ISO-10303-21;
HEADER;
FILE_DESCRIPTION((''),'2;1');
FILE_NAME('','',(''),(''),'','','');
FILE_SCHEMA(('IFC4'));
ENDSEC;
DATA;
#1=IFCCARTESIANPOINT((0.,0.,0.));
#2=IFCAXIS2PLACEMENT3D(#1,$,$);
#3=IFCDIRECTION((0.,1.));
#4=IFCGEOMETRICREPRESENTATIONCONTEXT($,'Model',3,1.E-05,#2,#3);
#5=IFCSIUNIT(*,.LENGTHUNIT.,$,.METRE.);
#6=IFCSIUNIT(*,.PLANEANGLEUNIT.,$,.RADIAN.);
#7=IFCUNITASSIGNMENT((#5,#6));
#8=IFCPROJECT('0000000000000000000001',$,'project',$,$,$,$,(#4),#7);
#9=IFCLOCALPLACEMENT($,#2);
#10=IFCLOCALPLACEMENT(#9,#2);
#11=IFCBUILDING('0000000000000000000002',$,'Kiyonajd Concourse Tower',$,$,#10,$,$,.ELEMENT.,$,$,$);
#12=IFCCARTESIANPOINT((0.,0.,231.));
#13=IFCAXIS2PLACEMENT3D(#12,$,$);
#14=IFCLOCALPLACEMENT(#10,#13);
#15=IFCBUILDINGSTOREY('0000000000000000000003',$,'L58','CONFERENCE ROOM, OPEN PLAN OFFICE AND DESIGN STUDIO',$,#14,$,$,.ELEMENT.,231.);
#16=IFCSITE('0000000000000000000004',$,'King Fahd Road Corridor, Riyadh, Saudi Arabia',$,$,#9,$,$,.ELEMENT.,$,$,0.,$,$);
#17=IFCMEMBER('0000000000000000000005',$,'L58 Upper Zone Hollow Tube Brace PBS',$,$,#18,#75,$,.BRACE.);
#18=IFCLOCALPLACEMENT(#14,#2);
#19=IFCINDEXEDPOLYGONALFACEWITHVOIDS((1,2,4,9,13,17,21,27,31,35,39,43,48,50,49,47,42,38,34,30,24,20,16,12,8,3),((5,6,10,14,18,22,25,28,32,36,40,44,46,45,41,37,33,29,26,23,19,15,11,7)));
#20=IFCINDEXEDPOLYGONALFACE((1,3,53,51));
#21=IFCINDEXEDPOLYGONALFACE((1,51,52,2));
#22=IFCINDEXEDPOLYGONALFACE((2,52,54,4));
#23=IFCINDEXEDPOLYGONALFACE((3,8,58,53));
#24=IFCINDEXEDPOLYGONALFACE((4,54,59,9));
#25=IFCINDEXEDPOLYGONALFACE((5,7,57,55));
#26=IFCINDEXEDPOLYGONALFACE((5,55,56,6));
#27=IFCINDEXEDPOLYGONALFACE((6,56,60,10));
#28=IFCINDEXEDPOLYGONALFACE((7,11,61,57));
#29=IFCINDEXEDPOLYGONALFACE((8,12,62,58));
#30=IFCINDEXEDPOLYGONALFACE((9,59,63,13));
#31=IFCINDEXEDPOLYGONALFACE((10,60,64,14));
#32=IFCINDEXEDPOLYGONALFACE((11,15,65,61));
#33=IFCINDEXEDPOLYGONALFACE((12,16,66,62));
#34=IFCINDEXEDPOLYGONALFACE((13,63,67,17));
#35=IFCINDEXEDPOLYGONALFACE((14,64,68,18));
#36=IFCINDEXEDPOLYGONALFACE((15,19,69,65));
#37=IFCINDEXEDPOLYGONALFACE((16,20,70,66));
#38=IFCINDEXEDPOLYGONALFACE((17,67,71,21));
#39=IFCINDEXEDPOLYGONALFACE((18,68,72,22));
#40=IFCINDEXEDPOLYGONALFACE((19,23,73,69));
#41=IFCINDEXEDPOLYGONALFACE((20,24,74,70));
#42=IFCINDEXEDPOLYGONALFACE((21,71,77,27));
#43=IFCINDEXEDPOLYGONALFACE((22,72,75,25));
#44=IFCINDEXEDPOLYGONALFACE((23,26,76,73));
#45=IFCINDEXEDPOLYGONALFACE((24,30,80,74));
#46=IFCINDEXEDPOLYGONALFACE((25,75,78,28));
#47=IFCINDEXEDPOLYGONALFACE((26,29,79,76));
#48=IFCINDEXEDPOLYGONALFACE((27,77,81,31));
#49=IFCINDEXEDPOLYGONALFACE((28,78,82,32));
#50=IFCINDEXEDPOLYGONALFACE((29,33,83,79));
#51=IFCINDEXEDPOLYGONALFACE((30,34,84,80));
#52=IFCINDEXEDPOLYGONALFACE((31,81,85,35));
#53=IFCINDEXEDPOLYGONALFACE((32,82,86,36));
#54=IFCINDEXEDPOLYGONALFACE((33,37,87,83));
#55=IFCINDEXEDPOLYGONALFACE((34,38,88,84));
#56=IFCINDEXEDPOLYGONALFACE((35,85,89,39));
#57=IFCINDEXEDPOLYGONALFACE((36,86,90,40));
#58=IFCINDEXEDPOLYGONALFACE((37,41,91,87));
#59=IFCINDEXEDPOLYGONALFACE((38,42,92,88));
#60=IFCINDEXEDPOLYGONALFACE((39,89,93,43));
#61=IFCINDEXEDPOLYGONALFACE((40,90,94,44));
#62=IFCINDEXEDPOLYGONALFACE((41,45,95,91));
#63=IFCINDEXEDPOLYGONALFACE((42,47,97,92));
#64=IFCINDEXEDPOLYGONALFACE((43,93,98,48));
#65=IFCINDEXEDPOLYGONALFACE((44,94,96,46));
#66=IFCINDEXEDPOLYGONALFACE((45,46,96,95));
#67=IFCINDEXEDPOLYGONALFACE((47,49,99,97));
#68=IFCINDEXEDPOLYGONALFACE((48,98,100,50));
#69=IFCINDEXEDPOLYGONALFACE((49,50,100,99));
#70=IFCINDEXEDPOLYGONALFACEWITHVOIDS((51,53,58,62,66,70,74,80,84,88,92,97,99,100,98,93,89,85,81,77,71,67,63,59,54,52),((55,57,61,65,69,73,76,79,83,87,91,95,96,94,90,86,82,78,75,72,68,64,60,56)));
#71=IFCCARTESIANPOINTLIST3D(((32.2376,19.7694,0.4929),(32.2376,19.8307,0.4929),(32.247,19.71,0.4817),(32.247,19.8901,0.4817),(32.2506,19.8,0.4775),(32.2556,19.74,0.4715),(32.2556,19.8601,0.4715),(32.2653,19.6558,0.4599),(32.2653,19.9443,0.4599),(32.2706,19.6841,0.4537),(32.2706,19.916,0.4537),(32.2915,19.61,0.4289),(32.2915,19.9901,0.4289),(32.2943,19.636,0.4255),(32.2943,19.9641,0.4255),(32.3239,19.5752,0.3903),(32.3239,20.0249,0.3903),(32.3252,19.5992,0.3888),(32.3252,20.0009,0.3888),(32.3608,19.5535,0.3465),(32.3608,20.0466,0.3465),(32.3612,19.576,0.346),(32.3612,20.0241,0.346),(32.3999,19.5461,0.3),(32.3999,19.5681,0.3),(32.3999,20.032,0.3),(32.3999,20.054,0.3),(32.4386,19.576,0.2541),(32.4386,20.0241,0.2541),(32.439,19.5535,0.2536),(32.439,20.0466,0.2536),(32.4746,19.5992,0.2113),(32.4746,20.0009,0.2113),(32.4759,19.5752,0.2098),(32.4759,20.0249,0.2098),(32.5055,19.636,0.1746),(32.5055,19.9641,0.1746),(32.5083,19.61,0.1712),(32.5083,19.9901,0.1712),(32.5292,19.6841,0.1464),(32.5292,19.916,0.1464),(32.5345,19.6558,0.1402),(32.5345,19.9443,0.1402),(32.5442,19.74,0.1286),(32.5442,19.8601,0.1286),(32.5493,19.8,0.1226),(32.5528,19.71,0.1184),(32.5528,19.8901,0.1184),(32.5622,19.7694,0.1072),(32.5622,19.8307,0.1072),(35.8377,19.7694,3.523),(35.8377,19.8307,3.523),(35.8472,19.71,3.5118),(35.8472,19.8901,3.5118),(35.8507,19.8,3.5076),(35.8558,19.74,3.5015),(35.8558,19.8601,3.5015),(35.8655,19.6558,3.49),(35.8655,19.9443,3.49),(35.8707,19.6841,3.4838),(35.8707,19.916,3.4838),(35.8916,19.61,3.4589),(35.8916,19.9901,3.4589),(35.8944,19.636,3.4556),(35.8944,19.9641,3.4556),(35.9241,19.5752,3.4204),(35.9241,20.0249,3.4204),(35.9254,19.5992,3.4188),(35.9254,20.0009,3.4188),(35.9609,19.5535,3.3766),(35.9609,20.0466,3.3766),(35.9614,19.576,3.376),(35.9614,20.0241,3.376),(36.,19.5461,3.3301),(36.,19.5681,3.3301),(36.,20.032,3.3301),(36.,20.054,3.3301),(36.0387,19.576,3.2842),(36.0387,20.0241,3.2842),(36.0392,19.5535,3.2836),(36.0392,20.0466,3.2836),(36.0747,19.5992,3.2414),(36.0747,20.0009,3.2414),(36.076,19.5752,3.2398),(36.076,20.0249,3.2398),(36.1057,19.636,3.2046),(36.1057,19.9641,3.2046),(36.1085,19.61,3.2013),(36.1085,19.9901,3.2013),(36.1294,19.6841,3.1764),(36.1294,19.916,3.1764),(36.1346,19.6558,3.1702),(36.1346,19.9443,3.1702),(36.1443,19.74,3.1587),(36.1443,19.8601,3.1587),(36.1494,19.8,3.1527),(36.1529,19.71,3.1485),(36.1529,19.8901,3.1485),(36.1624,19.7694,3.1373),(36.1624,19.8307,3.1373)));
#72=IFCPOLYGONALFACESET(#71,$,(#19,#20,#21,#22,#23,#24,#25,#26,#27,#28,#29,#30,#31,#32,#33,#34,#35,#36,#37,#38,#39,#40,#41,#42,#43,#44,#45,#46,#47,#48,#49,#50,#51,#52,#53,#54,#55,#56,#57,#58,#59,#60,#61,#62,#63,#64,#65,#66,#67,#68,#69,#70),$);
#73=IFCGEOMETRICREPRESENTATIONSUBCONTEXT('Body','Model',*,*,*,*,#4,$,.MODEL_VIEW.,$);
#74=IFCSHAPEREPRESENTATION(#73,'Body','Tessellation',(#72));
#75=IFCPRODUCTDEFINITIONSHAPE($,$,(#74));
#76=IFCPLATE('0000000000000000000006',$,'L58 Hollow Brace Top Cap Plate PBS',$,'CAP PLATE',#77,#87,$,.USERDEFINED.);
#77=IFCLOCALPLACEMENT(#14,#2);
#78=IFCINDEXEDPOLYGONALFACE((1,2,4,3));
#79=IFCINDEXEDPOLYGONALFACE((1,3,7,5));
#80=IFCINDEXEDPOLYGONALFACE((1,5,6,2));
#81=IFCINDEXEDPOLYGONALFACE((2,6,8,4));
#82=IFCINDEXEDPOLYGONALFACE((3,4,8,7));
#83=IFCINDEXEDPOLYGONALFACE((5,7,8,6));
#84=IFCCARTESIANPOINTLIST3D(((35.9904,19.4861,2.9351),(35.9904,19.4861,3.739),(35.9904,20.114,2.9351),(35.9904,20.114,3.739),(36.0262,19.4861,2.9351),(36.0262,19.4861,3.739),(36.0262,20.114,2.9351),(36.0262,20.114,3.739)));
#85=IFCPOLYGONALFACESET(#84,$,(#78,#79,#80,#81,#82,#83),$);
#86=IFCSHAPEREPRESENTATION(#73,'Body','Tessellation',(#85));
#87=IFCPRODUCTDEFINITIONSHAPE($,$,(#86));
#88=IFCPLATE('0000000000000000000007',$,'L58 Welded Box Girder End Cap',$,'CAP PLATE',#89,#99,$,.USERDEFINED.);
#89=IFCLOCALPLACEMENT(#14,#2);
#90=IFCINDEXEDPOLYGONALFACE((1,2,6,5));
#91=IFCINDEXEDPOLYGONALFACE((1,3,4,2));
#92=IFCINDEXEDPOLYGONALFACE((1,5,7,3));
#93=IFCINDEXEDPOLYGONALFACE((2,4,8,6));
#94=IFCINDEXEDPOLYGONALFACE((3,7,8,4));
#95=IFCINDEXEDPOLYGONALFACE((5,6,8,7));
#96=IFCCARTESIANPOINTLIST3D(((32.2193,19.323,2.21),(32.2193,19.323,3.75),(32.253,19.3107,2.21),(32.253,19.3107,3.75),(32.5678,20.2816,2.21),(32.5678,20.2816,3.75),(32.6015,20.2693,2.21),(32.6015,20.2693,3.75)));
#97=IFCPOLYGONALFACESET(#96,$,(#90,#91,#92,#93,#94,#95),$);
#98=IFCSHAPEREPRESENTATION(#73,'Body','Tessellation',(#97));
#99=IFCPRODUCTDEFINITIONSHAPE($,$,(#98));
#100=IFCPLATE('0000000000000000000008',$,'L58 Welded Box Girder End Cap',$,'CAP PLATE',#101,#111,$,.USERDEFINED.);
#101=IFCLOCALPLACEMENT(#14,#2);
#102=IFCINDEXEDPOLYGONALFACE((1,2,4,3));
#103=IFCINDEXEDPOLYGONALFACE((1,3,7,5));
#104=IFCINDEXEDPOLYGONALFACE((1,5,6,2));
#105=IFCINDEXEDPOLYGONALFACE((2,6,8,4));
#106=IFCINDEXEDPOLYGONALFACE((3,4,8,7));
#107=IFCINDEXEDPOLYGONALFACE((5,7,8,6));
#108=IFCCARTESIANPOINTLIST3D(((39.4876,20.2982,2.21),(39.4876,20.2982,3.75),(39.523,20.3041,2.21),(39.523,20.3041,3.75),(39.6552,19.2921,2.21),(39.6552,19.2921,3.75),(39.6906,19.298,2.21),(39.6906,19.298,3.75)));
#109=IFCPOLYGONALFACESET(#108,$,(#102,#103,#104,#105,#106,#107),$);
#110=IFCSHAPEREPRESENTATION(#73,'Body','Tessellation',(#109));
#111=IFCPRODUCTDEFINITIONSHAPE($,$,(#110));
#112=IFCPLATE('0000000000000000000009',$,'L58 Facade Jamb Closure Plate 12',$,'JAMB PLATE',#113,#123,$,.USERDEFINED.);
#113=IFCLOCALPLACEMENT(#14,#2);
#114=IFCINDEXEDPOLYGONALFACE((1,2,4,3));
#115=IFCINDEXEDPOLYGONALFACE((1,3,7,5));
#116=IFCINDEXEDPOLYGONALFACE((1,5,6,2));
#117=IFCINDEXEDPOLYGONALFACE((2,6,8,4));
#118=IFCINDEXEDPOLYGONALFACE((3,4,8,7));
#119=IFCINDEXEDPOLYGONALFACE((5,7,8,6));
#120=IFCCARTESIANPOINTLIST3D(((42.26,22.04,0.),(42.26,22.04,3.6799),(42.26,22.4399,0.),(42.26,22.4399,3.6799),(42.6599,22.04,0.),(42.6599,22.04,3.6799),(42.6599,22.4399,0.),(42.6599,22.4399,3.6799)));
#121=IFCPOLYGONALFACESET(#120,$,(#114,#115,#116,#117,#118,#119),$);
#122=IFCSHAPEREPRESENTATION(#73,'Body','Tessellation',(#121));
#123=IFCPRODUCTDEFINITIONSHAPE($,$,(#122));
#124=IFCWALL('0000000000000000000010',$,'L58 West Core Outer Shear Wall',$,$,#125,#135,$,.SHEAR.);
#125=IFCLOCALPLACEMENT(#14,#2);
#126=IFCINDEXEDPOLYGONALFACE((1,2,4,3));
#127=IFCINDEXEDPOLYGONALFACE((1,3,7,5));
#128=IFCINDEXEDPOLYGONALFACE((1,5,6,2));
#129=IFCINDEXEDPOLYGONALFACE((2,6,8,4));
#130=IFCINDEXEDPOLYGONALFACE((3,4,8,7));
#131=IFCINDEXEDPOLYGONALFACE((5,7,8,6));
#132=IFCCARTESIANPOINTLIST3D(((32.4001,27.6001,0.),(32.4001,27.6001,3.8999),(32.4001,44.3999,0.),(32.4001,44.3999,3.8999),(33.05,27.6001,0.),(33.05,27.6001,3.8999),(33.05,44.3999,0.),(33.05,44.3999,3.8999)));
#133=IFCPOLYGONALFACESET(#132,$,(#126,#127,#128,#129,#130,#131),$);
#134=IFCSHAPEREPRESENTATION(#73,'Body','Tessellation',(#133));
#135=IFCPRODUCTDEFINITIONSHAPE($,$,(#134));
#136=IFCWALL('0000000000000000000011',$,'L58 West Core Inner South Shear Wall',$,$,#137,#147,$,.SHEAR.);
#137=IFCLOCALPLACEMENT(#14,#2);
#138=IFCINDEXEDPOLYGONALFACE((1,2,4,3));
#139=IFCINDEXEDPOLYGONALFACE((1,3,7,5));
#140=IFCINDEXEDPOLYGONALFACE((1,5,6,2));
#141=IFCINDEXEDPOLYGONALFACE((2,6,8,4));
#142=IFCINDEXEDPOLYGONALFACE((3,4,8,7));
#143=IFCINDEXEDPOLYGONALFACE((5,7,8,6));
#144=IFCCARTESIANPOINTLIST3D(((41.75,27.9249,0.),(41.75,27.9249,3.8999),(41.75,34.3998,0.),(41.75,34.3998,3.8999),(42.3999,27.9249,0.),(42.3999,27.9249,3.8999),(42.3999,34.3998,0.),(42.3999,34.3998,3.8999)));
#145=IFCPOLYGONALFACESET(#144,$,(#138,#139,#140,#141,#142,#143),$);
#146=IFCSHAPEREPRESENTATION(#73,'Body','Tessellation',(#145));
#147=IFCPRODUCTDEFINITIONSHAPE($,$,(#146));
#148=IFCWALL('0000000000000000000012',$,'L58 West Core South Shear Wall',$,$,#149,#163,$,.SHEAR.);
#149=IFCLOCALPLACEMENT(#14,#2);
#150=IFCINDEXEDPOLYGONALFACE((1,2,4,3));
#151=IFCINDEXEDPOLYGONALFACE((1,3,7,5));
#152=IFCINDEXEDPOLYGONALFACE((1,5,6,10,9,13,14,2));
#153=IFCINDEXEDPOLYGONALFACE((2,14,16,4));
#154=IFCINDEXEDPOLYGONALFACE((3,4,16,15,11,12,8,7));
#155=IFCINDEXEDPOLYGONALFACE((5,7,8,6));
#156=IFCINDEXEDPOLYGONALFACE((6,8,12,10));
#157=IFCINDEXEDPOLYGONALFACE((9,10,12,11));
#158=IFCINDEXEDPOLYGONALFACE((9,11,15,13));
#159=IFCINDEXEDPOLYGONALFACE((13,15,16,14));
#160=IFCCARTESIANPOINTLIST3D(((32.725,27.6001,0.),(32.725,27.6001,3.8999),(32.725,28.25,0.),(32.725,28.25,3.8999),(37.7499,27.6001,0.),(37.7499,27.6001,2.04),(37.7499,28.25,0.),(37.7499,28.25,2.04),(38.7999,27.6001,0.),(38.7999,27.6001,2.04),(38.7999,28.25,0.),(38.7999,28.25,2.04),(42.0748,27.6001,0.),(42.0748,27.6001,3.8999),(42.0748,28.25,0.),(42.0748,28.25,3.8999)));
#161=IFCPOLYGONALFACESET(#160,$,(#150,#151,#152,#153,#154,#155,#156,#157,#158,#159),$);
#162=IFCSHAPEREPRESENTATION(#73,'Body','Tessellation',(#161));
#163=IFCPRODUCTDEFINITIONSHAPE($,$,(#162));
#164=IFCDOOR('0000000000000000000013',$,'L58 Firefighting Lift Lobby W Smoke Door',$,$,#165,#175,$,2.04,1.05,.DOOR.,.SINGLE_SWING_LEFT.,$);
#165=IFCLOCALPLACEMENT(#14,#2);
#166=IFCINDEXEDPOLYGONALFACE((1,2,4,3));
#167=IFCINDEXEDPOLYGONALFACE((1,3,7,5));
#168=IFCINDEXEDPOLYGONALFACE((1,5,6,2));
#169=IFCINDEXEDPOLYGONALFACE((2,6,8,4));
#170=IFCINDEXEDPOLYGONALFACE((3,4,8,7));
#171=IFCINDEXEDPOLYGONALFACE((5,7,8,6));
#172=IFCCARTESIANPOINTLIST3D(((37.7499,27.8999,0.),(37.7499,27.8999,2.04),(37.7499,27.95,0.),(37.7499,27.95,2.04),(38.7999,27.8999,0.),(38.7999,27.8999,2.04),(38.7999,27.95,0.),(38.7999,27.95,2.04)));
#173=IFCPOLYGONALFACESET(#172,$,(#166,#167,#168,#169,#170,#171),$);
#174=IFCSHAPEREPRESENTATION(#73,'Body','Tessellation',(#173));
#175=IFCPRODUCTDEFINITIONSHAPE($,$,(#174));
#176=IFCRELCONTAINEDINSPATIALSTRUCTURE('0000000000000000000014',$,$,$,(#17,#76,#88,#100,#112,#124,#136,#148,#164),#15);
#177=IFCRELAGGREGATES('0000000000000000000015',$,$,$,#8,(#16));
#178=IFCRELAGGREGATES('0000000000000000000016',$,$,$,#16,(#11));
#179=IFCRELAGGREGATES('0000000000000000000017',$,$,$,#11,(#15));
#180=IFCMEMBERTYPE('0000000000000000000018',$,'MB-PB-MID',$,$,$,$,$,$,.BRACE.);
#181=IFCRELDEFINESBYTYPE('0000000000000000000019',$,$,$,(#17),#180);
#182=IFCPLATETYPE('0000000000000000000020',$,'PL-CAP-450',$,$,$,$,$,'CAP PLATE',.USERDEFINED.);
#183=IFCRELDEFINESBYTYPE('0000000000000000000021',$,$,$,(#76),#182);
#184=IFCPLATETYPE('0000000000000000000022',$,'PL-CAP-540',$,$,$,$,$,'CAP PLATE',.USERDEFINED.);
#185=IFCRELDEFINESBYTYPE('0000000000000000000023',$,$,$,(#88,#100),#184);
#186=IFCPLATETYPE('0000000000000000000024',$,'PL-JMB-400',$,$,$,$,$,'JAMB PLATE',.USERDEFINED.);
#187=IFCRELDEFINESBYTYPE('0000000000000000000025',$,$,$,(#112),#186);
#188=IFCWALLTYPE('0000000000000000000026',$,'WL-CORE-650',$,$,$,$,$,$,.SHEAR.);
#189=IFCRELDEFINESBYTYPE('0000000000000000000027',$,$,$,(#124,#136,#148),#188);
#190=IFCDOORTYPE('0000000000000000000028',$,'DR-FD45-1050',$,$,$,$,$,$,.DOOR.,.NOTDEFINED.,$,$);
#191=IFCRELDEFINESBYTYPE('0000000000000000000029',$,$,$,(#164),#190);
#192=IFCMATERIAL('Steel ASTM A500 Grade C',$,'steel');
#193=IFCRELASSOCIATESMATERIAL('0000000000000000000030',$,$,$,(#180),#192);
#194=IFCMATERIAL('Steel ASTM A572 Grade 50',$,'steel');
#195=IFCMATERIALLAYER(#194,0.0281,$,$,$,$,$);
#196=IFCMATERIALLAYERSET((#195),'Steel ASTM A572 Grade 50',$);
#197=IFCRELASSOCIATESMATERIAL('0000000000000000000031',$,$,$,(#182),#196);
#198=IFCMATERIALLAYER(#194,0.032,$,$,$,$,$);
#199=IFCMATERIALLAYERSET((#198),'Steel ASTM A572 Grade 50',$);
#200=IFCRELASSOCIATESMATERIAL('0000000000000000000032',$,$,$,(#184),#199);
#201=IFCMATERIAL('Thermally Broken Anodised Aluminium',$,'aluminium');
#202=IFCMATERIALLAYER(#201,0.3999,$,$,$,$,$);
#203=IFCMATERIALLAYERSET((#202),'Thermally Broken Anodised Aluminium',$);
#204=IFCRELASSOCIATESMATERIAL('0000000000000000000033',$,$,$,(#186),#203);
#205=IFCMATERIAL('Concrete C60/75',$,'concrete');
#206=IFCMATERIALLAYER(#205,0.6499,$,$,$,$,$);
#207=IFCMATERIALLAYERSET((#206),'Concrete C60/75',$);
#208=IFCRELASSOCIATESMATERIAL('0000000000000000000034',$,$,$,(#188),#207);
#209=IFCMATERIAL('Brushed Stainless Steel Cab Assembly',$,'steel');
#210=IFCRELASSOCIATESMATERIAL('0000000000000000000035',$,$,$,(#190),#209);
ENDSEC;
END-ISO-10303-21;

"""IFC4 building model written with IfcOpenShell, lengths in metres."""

from ifc_helpers import new_model, si_unit, direction, frame, frame_2d, origin, origin_2d, place, context, subcontext, project, spatial, rectangle, hollow_circle, extrude, material, layer, layer_set, material_profile, profile_set, type_object, element, fill, save


model = new_model("IFC4")

# Units and contexts
model_context = context("Model", 3, precision=1e-05, world=origin(), true_north=direction((0.0, 1.0)))
body_context = subcontext(model_context, "Body", "Model", "MODEL_VIEW")
ifc_project = project(units=[si_unit("LENGTHUNIT", "METRE"), si_unit("PLANEANGLEUNIT", "RADIAN")], contexts=[model_context])

# Site, building, storey
site_placement = place(None, origin())
site = spatial("IfcSite", under=ifc_project, at=site_placement, Name="King Fahd Road Corridor, Riyadh, Saudi Arabia", CompositionType="ELEMENT", RefElevation=0.0)
building_placement = place(site_placement, origin())
building = spatial("IfcBuilding", under=site, at=building_placement, Name="Kiyonajd Concourse Tower", CompositionType="ELEMENT")
storey_placement = place(building_placement, frame((0.0, 0.0, 231.0)))
storey = spatial("IfcBuildingStorey", under=building, at=storey_placement, Name="L58", Description="CONFERENCE ROOM, OPEN PLAN OFFICE AND DESIGN STUDIO", CompositionType="ELEMENT", Elevation=231.0)

# Shared definitions
ifc_material_1 = material(Name="Concrete C60/75", Category="concrete")

# Shared definitions
ifc_material_2 = material(Name="Steel ASTM A572 Grade 50", Category="steel")

# Member
ifc_material_3 = material(Name="Steel ASTM A500 Grade C", Category="steel")
ifc_material_profile_1 = material_profile(ifc_material_3, hollow_circle(Radius=0.2539, WallThickness=0.022, at=origin_2d()), Name="CHS-508x22")
ifc_profile_set_1 = profile_set([ifc_material_profile_1], Name="Steel ASTM A500 Grade C")
member_type = type_object("IfcMemberType", Name="MB-PB-MID", PredefinedType="BRACE", material=ifc_profile_set_1)
member_placement = place(storey_placement, frame((32.3999, 19.8, 0.3), z_axis=(0.765082, 0.0, 0.643933), x_axis=(0.0, 1.0, 0.0)))
element("IfcMember", 1, at=member_placement, inside=storey, type_object=member_type, Name="L58 Upper Zone Hollow Tube Brace PBS", PredefinedType="BRACE", context=body_context, shape_type="SweptSolid", body=[
    extrude(hollow_circle(Radius=0.2539, WallThickness=0.022, at=origin_2d()), origin(), (0.0, 0.0, 1.0), 4.7056),
])

# Plates
ifc_layer_1 = layer(ifc_material_2, 0.0281)
ifc_layer_set_1 = layer_set([ifc_layer_1], Name="Steel ASTM A572 Grade 50")
plate_type_1 = type_object("IfcPlateType", Name="PL-CAP-450", ElementType="CAP PLATE", PredefinedType="USERDEFINED", material=ifc_layer_set_1)
plate_1_placement = place(storey_placement, frame((36.0083, 19.8, 2.9351), z_axis=(0.0, 0.0, 1.0), x_axis=(1.0, 0.0, 0.0)))
element("IfcPlate", 2, at=plate_1_placement, inside=storey, type_object=plate_type_1, Name="L58 Hollow Brace Top Cap Plate PBS", ObjectType="CAP PLATE", PredefinedType="USERDEFINED", context=body_context, shape_type="SweptSolid", body=[
    extrude(rectangle(XDim=0.0359, YDim=0.6279, at=origin_2d()), origin(), (0.0, 0.0, 1.0), 0.804),
])
ifc_layer_2 = layer(ifc_material_2, 0.032)
ifc_layer_set_2 = layer_set([ifc_layer_2], Name="Steel ASTM A572 Grade 50")
plate_type_2 = type_object("IfcPlateType", Name="PL-CAP-540", ElementType="CAP PLATE", PredefinedType="USERDEFINED", material=ifc_layer_set_2)
for number, where, z_axis, x_axis, name in (
    (3, (32.4104, 19.7961, 2.21), (0.0, 0.0, 1.0), (0.939812, -0.341692, 0.0), "L58 Welded Box Girder End Cap"),
    (4, (39.5891, 19.7981, 2.21), (0.0, 0.0, 1.0), (-0.986401, -0.164359, 0.0), "L58 Welded Box Girder End Cap"),
):
    element("IfcPlate", number, at=place(storey_placement, frame(where, z_axis=z_axis, x_axis=x_axis)), inside=storey, type_object=plate_type_2, Name=name, ObjectType="CAP PLATE", PredefinedType="USERDEFINED", context=body_context, shape_type="SweptSolid", body=[
        extrude(rectangle(XDim=0.0359, YDim=1.02, at=origin_2d()), origin(), (0.0, 0.0, 1.0), 1.54),
    ])
ifc_material_4 = material(Name="Thermally Broken Anodised Aluminium", Category="aluminium")
ifc_layer_3 = layer(ifc_material_4, 0.3999)
ifc_layer_set_3 = layer_set([ifc_layer_3], Name="Thermally Broken Anodised Aluminium")
plate_type_3 = type_object("IfcPlateType", Name="PL-JMB-400", ElementType="JAMB PLATE", PredefinedType="USERDEFINED", material=ifc_layer_set_3)
plate_2_placement = place(storey_placement, frame((42.46, 22.24, 0.0), z_axis=(0.0, 0.0, 1.0), x_axis=(1.0, 0.0, 0.0)))
element("IfcPlate", 5, at=plate_2_placement, inside=storey, type_object=plate_type_3, Name="L58 Facade Jamb Closure Plate 12", ObjectType="JAMB PLATE", PredefinedType="USERDEFINED", context=body_context, shape_type="SweptSolid", body=[
    extrude(rectangle(XDim=0.3999, YDim=0.3999, at=origin_2d()), origin(), (0.0, 0.0, 1.0), 3.6799),
])

# Walls
ifc_layer_4 = layer(ifc_material_1, 0.6499)
ifc_layer_set_4 = layer_set([ifc_layer_4], Name="Concrete C60/75")
wall_type_1 = type_object("IfcWallType", Name="WL-CORE-650", PredefinedType="SHEAR", material=ifc_layer_set_4)
wall_1_placement = place(storey_placement, frame((32.7251, 27.6001, 0.0), z_axis=(0.0, 0.0, 1.0), x_axis=(0.0, 1.0, 0.0)))
element("IfcWall", 6, at=wall_1_placement, inside=storey, type_object=wall_type_1, Name="L58 West Core Outer Shear Wall", PredefinedType="SHEAR", context=body_context, shape_type="SweptSolid", body=[
    extrude(rectangle(XDim=16.7998, YDim=0.6499, at=frame_2d((8.3999, 0.0))), origin(), (0.0, 0.0, 1.0), 3.8999),
])
wall_2_placement = place(storey_placement, frame((42.075, 27.925, 0.0), z_axis=(0.0, 0.0, 1.0), x_axis=(0.0, 1.0, 0.0)))
element("IfcWall", 7, at=wall_2_placement, inside=storey, type_object=wall_type_1, Name="L58 West Core Inner South Shear Wall", PredefinedType="SHEAR", context=body_context, shape_type="SweptSolid", body=[
    extrude(rectangle(XDim=6.4749, YDim=0.6499, at=frame_2d((3.2373, 0.0))), origin(), (0.0, 0.0, 1.0), 3.8999),
])

# Wall, opening, door
wall_3_placement = place(storey_placement, frame((32.7251, 27.925, 0.0), z_axis=(0.0, 0.0, 1.0), x_axis=(1.0, 0.0, 0.0)))
wall_3 = element("IfcWall", 8, at=wall_3_placement, inside=storey, type_object=wall_type_1, Name="L58 West Core South Shear Wall", PredefinedType="SHEAR", context=body_context, shape_type="SweptSolid", body=[
    extrude(rectangle(XDim=9.3499, YDim=0.6499, at=frame_2d((4.6748, 0.0))), origin(), (0.0, 0.0, 1.0), 3.8999),
])
opening_placement = place(wall_3_placement, frame((5.0249, 0.0, 0.0)))
opening = element("IfcOpeningElement", 9, at=opening_placement, cuts=wall_3, PredefinedType="OPENING", context=body_context, shape_type="SweptSolid", body=[
    extrude(rectangle(XDim=1.05, YDim=2.04, at=frame_2d((0.5249, 1.02))), frame((0.0, 0.335, 0.0), z_axis=(0.0, -1.0, 0.0), x_axis=(1.0, 0.0, 0.0)), (0.0, 0.0, 1.0), 0.6699),
])
ifc_material_5 = material(Name="Brushed Stainless Steel Cab Assembly", Category="steel")
door_type = type_object("IfcDoorType", Name="DR-FD45-1050", OperationType="NOTDEFINED", PredefinedType="DOOR", material=ifc_material_5)
door_placement = place(opening_placement, origin())
door = element("IfcDoor", 10, at=door_placement, inside=storey, type_object=door_type, Name="L58 Firefighting Lift Lobby W Smoke Door", OperationType="SINGLE_SWING_LEFT", OverallHeight=2.04, OverallWidth=1.05, PredefinedType="DOOR", context=body_context, shape_type="SweptSolid", body=[
    extrude(rectangle(XDim=1.05, YDim=2.04, at=frame_2d((0.5249, 1.02))), frame((0.0, 0.0249, 0.0), z_axis=(0.0, -1.0, 0.0), x_axis=(1.0, 0.0, 0.0)), (0.0, 0.0, 1.0), 0.05),
])
fill(opening, door)

save(model, "model.ifc")
